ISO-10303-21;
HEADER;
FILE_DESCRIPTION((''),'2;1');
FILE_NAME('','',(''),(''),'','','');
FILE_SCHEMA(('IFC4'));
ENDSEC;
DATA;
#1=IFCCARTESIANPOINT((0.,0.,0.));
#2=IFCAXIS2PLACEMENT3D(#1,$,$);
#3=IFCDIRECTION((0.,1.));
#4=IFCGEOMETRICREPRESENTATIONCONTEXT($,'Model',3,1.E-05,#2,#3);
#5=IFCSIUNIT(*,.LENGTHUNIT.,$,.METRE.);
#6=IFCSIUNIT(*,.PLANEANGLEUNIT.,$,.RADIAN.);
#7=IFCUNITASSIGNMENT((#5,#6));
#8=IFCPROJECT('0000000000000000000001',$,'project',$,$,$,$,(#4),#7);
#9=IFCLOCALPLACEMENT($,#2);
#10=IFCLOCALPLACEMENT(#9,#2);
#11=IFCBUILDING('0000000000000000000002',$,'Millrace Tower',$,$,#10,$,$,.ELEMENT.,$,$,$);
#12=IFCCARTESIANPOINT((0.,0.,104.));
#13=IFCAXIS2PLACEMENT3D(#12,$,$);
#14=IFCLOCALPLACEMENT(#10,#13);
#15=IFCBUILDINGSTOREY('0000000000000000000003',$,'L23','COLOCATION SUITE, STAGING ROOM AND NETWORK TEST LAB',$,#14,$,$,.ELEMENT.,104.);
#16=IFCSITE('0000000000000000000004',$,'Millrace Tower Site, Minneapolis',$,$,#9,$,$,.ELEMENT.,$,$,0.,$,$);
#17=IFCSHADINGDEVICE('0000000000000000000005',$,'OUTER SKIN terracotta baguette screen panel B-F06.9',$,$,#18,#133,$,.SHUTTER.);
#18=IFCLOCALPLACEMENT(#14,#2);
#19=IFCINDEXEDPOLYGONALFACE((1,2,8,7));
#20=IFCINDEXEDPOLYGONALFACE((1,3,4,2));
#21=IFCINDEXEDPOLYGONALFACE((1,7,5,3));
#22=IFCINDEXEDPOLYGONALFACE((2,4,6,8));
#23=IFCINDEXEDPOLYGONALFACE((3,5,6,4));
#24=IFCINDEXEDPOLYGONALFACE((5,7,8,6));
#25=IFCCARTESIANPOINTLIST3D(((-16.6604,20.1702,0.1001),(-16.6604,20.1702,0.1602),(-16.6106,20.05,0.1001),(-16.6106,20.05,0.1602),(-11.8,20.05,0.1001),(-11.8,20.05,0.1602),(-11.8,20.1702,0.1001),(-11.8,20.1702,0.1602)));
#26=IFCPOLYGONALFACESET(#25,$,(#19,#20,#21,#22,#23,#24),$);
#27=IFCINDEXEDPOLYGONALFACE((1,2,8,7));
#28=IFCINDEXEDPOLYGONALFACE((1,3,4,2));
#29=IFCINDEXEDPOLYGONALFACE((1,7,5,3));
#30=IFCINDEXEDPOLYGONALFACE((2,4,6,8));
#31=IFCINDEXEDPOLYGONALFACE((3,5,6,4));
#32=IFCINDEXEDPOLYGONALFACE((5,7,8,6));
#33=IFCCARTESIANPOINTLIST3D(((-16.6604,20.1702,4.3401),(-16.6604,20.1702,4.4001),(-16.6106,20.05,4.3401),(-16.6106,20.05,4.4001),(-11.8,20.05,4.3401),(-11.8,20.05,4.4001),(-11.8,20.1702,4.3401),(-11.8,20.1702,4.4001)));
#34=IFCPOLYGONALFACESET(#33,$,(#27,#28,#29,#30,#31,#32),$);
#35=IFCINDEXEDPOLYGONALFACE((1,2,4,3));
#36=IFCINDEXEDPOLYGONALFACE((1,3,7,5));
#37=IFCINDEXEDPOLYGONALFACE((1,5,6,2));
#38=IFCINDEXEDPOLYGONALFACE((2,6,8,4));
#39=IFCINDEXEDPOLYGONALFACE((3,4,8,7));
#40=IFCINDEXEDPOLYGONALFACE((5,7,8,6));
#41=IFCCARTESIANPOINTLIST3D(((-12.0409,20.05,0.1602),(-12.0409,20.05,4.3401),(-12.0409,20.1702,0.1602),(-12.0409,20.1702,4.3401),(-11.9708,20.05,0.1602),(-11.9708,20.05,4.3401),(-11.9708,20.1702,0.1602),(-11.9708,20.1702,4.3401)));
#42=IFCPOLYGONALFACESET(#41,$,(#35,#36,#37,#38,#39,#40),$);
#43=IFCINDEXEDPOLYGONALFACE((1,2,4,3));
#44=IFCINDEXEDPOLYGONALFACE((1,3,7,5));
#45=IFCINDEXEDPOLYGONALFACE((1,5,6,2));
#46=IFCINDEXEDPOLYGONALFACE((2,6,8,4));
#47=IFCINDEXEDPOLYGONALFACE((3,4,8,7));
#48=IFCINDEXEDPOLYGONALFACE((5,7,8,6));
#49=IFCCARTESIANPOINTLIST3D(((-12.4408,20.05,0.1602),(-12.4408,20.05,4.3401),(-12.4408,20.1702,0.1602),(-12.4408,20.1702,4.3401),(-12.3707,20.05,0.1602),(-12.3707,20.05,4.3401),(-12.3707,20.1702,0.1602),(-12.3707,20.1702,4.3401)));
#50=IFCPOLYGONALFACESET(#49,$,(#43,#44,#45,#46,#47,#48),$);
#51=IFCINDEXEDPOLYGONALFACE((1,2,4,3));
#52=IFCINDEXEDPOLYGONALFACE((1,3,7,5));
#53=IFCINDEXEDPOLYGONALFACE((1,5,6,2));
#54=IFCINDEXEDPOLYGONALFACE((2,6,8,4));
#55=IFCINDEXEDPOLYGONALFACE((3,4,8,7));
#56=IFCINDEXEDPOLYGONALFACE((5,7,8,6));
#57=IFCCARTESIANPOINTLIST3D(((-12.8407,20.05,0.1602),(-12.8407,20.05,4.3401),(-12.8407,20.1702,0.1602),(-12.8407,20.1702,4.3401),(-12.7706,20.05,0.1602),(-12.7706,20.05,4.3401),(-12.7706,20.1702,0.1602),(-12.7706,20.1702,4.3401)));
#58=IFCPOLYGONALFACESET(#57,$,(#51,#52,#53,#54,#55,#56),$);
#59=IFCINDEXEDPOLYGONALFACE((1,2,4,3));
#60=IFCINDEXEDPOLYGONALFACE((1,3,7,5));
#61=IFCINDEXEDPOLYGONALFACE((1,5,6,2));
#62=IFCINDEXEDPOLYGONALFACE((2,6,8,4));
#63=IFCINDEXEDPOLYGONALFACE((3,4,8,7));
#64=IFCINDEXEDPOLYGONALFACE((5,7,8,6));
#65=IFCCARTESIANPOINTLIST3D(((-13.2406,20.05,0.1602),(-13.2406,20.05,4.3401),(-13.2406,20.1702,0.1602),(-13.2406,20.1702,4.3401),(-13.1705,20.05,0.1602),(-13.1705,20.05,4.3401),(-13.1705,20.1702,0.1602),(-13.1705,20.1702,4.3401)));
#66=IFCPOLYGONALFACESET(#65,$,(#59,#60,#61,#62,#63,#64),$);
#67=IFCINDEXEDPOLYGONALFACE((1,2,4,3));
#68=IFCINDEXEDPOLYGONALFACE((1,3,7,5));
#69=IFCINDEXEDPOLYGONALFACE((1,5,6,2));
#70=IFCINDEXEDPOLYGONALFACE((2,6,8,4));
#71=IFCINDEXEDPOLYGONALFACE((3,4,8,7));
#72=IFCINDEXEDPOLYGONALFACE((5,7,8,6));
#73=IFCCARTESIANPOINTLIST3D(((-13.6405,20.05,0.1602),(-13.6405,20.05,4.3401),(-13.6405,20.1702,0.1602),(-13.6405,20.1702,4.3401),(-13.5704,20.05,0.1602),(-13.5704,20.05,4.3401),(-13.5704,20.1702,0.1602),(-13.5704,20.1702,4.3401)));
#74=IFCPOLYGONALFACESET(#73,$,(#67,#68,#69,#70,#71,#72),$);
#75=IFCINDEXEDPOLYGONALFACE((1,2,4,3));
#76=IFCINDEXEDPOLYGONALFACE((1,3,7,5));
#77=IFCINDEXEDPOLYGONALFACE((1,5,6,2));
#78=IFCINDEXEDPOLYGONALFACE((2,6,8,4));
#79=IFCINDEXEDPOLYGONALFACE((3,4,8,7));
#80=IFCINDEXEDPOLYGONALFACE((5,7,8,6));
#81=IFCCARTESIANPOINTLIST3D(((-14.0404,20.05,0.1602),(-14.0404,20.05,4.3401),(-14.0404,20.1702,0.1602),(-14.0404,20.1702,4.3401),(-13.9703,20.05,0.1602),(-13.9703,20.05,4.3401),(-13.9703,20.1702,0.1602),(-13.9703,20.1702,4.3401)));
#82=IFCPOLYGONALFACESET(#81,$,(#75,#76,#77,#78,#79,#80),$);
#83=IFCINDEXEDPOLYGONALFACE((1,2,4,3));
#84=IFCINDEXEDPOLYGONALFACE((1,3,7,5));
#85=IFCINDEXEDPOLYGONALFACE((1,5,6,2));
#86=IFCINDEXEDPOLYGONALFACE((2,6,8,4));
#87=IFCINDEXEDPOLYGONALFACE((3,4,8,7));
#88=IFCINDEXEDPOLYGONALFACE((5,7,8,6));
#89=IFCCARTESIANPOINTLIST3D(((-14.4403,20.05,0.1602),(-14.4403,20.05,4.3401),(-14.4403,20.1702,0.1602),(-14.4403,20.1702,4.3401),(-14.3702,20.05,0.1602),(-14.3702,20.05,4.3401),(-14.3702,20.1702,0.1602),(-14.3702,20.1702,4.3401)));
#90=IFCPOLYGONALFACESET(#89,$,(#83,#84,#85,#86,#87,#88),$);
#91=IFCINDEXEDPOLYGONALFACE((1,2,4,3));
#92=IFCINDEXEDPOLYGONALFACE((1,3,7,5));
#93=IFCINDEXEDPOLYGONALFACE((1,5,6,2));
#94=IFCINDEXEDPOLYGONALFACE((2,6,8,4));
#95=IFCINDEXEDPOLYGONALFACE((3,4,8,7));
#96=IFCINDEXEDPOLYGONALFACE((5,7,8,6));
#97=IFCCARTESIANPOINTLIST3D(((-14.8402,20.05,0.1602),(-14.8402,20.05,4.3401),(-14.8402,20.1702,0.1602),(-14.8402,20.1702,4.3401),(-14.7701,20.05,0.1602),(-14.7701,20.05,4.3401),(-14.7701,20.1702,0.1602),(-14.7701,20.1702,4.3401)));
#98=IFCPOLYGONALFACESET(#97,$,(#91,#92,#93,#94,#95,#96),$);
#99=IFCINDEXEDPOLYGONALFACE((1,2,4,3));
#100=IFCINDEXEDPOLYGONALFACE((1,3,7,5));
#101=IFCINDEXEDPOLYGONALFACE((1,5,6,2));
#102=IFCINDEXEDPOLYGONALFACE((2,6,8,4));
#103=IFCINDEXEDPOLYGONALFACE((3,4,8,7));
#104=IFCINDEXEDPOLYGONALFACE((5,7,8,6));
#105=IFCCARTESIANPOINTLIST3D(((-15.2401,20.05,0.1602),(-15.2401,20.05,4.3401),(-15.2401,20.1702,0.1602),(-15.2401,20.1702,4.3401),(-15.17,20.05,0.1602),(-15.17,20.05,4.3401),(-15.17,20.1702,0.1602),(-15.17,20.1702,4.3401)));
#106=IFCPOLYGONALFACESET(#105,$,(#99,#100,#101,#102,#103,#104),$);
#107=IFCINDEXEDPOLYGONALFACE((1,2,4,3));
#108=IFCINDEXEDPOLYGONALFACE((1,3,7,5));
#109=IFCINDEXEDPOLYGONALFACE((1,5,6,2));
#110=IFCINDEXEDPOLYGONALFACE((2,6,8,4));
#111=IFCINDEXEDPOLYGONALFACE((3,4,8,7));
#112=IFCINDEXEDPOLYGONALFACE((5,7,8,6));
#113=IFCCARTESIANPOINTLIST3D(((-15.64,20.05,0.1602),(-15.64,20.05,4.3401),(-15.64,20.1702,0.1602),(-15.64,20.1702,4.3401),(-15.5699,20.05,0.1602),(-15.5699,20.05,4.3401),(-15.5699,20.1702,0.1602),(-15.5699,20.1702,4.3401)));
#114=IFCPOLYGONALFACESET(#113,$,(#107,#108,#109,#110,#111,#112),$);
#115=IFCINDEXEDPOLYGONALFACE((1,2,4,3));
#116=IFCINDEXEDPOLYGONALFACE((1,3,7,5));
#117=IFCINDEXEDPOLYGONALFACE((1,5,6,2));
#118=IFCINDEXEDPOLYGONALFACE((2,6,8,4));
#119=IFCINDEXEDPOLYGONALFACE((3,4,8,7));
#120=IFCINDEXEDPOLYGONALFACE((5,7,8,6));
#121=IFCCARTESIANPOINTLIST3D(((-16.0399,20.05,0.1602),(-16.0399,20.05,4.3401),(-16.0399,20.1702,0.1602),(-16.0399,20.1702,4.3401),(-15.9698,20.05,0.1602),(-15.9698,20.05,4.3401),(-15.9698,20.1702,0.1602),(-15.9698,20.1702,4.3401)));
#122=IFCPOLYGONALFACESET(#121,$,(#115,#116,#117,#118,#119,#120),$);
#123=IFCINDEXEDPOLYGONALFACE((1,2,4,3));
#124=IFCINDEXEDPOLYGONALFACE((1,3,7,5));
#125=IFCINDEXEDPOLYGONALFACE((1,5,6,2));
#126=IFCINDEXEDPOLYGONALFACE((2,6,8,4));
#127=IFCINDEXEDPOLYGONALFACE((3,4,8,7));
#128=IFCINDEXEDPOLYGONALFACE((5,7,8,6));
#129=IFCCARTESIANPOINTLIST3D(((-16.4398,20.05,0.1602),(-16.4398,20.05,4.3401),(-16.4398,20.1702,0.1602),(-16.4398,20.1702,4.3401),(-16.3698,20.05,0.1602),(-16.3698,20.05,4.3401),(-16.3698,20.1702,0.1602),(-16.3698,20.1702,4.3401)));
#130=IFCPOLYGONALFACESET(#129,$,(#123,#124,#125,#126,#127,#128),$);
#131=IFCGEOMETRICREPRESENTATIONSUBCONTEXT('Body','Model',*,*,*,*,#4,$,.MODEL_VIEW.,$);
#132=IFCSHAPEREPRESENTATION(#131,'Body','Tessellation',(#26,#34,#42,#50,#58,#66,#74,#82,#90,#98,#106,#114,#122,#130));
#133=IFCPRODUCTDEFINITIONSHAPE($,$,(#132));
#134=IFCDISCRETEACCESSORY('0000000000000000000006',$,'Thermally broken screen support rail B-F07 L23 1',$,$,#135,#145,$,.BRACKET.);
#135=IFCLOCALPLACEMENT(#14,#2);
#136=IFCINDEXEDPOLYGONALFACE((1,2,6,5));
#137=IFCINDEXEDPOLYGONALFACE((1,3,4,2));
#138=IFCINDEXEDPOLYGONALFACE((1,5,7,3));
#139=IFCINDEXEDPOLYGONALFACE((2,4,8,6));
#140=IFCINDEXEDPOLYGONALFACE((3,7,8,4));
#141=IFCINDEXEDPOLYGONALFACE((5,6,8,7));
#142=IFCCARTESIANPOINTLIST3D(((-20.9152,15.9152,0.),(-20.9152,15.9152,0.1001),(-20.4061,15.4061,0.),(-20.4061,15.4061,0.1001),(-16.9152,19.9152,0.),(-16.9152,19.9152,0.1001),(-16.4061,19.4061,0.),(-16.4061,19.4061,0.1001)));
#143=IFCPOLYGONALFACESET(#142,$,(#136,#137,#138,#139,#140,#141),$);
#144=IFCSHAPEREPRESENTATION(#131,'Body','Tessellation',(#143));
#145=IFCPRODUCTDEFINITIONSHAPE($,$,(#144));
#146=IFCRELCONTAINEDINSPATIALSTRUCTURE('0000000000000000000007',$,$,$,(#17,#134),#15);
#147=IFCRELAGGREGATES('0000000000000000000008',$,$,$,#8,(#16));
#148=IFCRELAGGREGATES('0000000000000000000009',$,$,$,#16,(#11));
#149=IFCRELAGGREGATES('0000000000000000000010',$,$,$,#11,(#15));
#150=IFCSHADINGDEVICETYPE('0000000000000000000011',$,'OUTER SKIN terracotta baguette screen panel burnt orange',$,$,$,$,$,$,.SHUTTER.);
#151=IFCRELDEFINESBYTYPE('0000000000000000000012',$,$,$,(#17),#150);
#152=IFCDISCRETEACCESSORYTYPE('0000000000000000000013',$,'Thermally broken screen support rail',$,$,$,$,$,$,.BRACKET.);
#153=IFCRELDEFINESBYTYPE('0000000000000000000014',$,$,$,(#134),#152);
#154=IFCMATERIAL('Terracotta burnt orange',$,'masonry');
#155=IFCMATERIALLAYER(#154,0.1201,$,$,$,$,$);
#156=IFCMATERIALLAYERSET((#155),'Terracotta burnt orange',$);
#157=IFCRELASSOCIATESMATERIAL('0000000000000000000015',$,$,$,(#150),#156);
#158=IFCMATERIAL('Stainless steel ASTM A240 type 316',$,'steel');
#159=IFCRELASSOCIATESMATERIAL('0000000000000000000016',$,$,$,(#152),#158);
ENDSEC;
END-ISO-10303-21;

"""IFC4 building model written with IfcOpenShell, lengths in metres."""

from ifc_helpers import new_model, entity, si_unit, direction, frame, frame_2d, origin, origin_2d, place, context, subcontext, project, spatial, rectangle, extrude, source, transform, mapped, material, layer, layer_set, type_object, element, save


model = new_model("IFC4")

# Units and contexts
model_context = context("Model", 3, precision=1e-05, world=origin(), true_north=direction((0.0, 1.0)))
body_context = subcontext(model_context, "Body", "Model", "MODEL_VIEW")
ifc_project = project(units=[si_unit("LENGTHUNIT", "METRE"), si_unit("PLANEANGLEUNIT", "RADIAN")], contexts=[model_context])

# Site, building, storey
site_placement = place(None, origin())
site = spatial("IfcSite", under=ifc_project, at=site_placement, Name="Millrace Tower Site, Minneapolis", CompositionType="ELEMENT", RefElevation=0.0)
building_placement = place(site_placement, origin())
building = spatial("IfcBuilding", under=site, at=building_placement, Name="Millrace Tower", CompositionType="ELEMENT")
storey_placement = place(building_placement, frame((0.0, 0.0, 104.0)))
storey = spatial("IfcBuildingStorey", under=building, at=storey_placement, Name="L23", Description="COLOCATION SUITE, STAGING ROOM AND NETWORK TEST LAB", CompositionType="ELEMENT", Elevation=104.0)

# Shading device
ifc_material_1 = material(Name="Terracotta burnt orange", Category="masonry")
ifc_layer_1 = layer(ifc_material_1, 0.1201)
ifc_layer_set_1 = layer_set([ifc_layer_1], Name="Terracotta burnt orange")
shading_device_type = type_object("IfcShadingDeviceType", Name="OUTER SKIN terracotta baguette screen panel burnt orange", PredefinedType="SHUTTER", material=ifc_layer_set_1)
cartesian_point_1 = entity("IfcCartesianPoint", [-2.4177, 0.0601])
shared_polyline_1 = entity("IfcPolyline", [cartesian_point_1, entity("IfcCartesianPoint", [2.3928, 0.0601]), entity("IfcCartesianPoint", [2.4426, -0.0601]), entity("IfcCartesianPoint", [-2.4177, -0.0601]), cartesian_point_1])
shared_shape_1 = source(origin(), body_context, "Body", "SweptSolid", [
    entity("IfcExtrudedAreaSolid", entity("IfcArbitraryClosedProfileDef", "AREA", None, shared_polyline_1), entity("IfcAxis2Placement3D", entity("IfcCartesianPoint", [0.0, 0.0, 0.0])), entity("IfcDirection", [0.0, 0.0, 1.0]), 0.0601),
    entity("IfcExtrudedAreaSolid", entity("IfcArbitraryClosedProfileDef", "AREA", None, shared_polyline_1), entity("IfcAxis2Placement3D", entity("IfcCartesianPoint", [0.0, 0.0, 4.24])), entity("IfcDirection", [0.0, 0.0, 1.0]), 0.0601),
    extrude(rectangle(XDim=0.0701, YDim=0.1201, at=frame_2d((-2.2119, 0.0))), frame((0.0, 0.0, 0.0601)), (0.0, 0.0, 1.0), 4.1799),
    extrude(rectangle(XDim=0.0701, YDim=0.1201, at=frame_2d((-1.812, 0.0))), frame((0.0, 0.0, 0.0601)), (0.0, 0.0, 1.0), 4.1799),
    extrude(rectangle(XDim=0.0701, YDim=0.1201, at=frame_2d((-1.4121, 0.0))), frame((0.0, 0.0, 0.0601)), (0.0, 0.0, 1.0), 4.1799),
    extrude(rectangle(XDim=0.0701, YDim=0.1201, at=frame_2d((-1.0122, 0.0))), frame((0.0, 0.0, 0.0601)), (0.0, 0.0, 1.0), 4.1799),
    extrude(rectangle(XDim=0.0701, YDim=0.1201, at=frame_2d((-0.6123, 0.0))), frame((0.0, 0.0, 0.0601)), (0.0, 0.0, 1.0), 4.1799),
    extrude(rectangle(XDim=0.0701, YDim=0.1201, at=frame_2d((-0.2124, 0.0))), frame((0.0, 0.0, 0.0601)), (0.0, 0.0, 1.0), 4.1799),
    extrude(rectangle(XDim=0.0701, YDim=0.1201, at=frame_2d((0.1875, 0.0))), frame((0.0, 0.0, 0.0601)), (0.0, 0.0, 1.0), 4.1799),
    extrude(rectangle(XDim=0.0701, YDim=0.1201, at=frame_2d((0.5874, 0.0))), frame((0.0, 0.0, 0.0601)), (0.0, 0.0, 1.0), 4.1799),
    extrude(rectangle(XDim=0.0701, YDim=0.1201, at=frame_2d((0.9873, 0.0))), frame((0.0, 0.0, 0.0601)), (0.0, 0.0, 1.0), 4.1799),
    extrude(rectangle(XDim=0.0701, YDim=0.1201, at=frame_2d((1.3872, 0.0))), frame((0.0, 0.0, 0.0601)), (0.0, 0.0, 1.0), 4.1799),
    extrude(rectangle(XDim=0.0701, YDim=0.1201, at=frame_2d((1.7871, 0.0))), frame((0.0, 0.0, 0.0601)), (0.0, 0.0, 1.0), 4.1799),
    extrude(rectangle(XDim=0.0701, YDim=0.1201, at=frame_2d((2.187, 0.0))), frame((0.0, 0.0, 0.0601)), (0.0, 0.0, 1.0), 4.1799),
])
shading_device_1_placement = place(storey_placement, frame((-14.2178, 20.1101, 0.1001), z_axis=(0.0, 0.0, 1.0), x_axis=(-1.0, 0.0, 0.0)))
element("IfcShadingDevice", 1, at=shading_device_1_placement, inside=storey, type_object=shading_device_type, Name="OUTER SKIN terracotta baguette screen panel B-F06.9", PredefinedType="SHUTTER", context=body_context, shape_type="MappedRepresentation", body=[
    mapped(shared_shape_1, transform((0.0, 0.0, 0.0), scale=1.0)),
])

# Discrete accessory
ifc_material_2 = material(Name="Stainless steel ASTM A240 type 316", Category="steel")
discrete_accessory_type = type_object("IfcDiscreteAccessoryType", Name="Thermally broken screen support rail", PredefinedType="BRACKET", material=ifc_material_2)
discrete_accessory_placement = place(storey_placement, frame((-18.6606, 17.6606, 0.0), z_axis=(0.0, 0.0, 1.0), x_axis=(-0.707107, -0.707107, 0.0)))
element("IfcDiscreteAccessory", 2, at=discrete_accessory_placement, inside=storey, type_object=discrete_accessory_type, Name="Thermally broken screen support rail B-F07 L23 1", PredefinedType="BRACKET", context=body_context, shape_type="SweptSolid", body=[
    extrude(rectangle(XDim=5.6567, YDim=0.72, at=origin_2d()), origin(), (0.0, 0.0, 1.0), 0.1001),
])

save(model, "model.ifc")
